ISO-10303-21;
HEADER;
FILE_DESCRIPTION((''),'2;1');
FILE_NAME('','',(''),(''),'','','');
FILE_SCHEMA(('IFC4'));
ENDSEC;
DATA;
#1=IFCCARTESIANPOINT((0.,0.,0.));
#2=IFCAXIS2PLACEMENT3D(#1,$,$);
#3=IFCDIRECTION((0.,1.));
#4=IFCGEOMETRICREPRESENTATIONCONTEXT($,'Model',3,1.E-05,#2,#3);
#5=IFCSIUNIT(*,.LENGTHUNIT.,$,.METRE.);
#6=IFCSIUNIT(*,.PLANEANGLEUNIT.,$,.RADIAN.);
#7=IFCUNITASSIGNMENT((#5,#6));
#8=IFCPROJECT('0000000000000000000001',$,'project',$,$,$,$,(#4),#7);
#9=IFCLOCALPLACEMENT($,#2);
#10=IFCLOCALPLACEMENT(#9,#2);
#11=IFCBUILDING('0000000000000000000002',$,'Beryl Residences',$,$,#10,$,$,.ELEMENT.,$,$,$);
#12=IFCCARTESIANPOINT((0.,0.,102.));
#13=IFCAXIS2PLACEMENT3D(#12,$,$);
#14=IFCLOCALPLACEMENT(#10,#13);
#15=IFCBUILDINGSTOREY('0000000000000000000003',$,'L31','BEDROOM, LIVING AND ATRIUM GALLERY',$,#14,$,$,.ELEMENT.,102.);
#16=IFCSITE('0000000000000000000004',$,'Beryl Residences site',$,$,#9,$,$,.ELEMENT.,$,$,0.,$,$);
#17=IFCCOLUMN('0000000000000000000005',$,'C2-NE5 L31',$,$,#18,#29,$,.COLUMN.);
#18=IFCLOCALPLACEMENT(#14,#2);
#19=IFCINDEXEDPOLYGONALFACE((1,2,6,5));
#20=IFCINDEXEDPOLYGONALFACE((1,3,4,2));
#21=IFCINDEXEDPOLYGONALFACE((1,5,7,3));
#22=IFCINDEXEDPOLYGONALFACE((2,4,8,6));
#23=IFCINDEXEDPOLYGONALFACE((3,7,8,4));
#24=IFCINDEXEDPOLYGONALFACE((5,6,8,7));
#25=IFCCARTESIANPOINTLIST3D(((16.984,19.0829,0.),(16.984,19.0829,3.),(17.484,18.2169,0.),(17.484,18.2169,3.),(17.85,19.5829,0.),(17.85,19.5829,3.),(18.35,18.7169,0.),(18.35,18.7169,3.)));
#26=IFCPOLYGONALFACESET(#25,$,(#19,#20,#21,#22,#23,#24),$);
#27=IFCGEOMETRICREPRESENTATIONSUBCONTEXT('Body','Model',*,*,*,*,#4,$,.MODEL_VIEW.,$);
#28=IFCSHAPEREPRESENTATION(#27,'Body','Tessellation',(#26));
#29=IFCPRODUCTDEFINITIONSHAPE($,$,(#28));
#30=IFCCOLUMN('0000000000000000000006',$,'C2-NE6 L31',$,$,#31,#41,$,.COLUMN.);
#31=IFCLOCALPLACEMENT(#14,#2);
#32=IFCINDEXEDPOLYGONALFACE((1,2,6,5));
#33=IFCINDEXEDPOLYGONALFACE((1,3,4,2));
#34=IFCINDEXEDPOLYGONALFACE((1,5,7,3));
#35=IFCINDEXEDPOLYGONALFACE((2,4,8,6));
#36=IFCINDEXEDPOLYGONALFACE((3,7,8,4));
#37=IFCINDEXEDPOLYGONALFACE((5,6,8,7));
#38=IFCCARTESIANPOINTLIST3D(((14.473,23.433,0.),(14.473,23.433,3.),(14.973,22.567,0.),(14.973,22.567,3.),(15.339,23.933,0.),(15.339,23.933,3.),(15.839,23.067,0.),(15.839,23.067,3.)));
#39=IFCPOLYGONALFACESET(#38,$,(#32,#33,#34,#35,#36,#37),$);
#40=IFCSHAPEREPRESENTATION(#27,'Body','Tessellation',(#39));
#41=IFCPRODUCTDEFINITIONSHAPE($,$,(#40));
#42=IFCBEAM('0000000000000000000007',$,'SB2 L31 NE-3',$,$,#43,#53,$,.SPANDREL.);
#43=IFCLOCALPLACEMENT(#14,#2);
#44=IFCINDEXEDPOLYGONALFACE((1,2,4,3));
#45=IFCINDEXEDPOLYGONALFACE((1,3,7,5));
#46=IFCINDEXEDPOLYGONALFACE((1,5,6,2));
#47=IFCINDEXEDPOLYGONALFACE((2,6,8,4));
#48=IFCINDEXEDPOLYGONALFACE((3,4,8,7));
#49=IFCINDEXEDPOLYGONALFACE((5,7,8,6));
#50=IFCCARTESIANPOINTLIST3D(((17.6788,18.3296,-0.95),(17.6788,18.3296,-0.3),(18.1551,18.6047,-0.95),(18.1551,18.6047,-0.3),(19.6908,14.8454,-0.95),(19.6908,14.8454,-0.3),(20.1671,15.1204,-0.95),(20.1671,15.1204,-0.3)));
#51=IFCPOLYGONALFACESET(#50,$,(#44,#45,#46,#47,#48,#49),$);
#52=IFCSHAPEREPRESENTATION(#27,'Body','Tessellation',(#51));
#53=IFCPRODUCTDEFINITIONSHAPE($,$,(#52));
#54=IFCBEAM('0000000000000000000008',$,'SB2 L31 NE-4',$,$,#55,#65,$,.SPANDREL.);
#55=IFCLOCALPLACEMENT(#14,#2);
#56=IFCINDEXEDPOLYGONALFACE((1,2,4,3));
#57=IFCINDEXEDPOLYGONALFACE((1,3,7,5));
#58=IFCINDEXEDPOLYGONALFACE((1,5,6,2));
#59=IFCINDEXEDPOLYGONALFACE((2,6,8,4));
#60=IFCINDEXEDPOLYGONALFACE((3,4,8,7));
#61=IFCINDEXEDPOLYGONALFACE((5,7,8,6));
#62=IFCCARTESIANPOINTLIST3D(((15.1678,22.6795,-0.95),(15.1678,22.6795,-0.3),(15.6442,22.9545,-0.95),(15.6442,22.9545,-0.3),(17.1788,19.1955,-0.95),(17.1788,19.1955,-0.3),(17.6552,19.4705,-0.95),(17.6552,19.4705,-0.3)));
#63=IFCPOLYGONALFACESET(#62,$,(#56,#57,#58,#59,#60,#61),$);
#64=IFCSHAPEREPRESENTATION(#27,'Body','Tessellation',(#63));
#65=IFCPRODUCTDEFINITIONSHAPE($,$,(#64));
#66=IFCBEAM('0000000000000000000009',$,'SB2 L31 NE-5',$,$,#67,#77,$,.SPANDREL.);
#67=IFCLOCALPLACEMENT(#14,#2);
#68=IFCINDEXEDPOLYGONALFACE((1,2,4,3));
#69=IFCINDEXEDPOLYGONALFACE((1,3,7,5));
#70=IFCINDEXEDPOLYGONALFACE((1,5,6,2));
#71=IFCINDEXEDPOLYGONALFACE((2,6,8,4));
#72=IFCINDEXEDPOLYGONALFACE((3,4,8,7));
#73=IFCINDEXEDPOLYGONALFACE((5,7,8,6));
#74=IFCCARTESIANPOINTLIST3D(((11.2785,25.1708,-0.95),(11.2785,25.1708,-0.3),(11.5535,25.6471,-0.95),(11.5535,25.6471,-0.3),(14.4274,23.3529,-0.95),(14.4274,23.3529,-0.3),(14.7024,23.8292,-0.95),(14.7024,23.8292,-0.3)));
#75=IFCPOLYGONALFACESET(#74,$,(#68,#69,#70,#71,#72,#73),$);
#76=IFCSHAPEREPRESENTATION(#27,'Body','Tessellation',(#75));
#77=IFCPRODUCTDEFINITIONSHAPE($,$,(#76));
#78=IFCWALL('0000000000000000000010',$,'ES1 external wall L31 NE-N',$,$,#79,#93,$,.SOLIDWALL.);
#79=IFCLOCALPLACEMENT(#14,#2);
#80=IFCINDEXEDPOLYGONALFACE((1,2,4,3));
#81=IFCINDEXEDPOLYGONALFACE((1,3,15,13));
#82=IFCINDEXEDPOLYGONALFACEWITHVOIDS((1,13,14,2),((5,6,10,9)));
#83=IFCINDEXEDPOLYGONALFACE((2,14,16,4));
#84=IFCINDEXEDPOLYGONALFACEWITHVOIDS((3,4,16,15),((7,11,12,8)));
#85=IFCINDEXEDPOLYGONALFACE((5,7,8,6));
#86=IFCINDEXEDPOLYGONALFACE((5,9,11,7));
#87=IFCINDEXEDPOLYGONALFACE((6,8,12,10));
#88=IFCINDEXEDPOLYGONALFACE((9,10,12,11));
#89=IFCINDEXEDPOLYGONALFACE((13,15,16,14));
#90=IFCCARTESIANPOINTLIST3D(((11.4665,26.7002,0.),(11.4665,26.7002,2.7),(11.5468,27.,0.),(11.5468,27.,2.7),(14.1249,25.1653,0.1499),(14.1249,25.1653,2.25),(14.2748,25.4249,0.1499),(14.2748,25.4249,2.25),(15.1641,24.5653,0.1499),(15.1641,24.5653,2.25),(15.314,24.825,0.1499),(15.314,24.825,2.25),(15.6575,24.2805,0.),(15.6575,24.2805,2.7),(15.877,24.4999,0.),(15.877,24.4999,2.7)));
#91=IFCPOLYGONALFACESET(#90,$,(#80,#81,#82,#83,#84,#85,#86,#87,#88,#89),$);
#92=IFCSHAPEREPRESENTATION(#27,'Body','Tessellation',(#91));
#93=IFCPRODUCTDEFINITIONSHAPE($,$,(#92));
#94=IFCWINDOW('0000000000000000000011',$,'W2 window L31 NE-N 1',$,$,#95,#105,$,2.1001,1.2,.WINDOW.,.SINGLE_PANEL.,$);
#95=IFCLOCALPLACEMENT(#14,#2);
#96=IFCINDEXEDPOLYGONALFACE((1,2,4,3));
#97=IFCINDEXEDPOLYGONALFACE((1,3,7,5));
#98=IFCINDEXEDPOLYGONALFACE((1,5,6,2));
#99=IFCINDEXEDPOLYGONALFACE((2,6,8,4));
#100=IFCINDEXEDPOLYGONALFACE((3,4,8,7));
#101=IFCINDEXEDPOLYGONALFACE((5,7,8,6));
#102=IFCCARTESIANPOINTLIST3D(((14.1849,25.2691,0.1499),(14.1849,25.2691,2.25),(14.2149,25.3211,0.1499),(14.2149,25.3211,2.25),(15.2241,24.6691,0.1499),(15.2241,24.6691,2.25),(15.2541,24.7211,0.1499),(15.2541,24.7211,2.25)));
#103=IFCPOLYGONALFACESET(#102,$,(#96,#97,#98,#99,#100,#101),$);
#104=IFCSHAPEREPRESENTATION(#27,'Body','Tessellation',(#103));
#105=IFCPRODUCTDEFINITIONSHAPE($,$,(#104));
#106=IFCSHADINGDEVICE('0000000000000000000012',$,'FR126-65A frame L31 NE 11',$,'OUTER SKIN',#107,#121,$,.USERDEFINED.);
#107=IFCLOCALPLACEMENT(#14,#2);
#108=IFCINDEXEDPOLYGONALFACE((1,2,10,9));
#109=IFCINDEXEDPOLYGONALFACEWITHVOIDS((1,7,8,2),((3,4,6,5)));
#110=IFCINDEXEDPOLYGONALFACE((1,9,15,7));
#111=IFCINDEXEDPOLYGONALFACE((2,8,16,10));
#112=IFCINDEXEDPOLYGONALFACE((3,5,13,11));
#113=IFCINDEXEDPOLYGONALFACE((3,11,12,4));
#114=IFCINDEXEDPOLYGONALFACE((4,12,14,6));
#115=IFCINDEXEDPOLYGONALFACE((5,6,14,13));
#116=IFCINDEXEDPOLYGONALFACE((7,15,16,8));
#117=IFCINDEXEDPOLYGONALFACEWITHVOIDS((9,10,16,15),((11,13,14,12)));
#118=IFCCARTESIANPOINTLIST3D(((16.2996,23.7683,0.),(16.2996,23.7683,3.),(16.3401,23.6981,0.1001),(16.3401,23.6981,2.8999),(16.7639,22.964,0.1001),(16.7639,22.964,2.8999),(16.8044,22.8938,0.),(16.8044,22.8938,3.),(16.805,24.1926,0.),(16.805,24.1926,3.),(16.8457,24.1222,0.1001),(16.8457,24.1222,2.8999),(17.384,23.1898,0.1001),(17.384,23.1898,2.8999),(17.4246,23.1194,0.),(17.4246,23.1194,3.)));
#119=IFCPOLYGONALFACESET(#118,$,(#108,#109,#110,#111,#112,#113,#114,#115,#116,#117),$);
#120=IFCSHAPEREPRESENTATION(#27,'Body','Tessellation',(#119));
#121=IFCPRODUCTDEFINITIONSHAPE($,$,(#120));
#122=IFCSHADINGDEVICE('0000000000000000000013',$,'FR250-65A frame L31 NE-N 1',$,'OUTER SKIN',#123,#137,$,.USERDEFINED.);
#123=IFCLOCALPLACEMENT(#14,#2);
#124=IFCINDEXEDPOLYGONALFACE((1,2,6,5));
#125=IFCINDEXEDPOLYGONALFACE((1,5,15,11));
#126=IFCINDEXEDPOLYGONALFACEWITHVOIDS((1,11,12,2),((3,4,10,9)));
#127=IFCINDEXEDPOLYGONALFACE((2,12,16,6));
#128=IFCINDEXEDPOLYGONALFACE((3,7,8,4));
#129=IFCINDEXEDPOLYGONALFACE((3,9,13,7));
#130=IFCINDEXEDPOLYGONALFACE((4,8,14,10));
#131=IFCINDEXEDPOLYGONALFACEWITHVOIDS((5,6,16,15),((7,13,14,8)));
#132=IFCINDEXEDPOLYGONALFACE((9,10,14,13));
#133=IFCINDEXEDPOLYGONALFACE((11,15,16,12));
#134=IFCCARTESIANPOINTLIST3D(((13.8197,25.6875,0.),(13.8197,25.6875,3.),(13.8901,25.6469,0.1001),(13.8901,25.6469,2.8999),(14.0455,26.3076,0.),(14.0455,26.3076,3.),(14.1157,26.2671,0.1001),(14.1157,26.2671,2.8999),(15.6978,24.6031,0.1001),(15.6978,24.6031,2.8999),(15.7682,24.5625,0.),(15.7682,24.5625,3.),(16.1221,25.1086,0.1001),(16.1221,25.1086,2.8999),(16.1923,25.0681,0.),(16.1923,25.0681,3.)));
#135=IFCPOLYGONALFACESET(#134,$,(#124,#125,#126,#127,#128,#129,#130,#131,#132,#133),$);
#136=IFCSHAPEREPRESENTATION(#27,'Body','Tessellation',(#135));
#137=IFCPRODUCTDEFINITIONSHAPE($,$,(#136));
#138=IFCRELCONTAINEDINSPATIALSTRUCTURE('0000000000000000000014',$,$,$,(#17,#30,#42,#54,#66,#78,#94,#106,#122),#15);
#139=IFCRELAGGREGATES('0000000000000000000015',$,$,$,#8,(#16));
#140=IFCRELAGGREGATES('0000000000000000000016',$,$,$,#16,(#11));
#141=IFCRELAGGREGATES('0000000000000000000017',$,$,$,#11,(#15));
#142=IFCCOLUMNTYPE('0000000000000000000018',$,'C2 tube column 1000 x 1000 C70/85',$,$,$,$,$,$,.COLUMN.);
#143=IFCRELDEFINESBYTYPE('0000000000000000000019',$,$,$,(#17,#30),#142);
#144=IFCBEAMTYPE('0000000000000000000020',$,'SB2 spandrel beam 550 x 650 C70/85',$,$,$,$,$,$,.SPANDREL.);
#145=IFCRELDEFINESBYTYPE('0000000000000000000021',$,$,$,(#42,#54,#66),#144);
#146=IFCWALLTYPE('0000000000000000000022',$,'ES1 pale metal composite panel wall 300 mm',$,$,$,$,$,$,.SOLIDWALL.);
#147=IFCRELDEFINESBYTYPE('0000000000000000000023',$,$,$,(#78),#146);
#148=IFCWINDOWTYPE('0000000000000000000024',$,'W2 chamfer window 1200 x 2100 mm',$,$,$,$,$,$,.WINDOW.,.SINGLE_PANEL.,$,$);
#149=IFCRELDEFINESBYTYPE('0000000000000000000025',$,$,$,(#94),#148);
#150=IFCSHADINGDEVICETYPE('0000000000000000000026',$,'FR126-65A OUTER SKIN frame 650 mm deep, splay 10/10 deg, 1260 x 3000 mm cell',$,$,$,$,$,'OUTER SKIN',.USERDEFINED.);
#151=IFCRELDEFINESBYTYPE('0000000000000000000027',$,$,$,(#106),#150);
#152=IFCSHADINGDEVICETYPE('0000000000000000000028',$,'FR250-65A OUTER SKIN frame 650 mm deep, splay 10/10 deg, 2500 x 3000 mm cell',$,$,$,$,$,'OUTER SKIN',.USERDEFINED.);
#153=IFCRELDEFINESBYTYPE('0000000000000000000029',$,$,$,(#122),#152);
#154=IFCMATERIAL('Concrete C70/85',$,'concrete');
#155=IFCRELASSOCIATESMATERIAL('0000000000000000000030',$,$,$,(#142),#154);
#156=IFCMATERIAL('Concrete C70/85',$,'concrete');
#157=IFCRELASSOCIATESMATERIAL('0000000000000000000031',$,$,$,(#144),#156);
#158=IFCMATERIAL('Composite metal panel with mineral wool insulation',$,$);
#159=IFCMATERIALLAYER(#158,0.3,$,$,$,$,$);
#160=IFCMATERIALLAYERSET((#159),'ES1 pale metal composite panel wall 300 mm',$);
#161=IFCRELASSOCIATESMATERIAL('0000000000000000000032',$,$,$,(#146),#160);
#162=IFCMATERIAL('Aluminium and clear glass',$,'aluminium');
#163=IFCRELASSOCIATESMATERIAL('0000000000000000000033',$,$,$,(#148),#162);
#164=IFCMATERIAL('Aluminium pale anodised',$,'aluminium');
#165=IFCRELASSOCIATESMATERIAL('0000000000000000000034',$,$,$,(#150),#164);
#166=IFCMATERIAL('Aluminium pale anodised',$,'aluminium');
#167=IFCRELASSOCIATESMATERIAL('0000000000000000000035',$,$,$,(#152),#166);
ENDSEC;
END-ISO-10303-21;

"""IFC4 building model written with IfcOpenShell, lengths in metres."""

from ifc_helpers import new_model, entity, si_unit, direction, frame, frame_2d, origin, origin_2d, place, context, subcontext, project, spatial, polyline, rectangle, outline, extrude, source, transform, mapped, material, layer, layer_set, material_profile, profile_set, type_object, type_shapes, element, fill, save


model = new_model("IFC4")

# Units and contexts
model_context = context("Model", 3, precision=1e-05, world=origin(), true_north=direction((0.0, 1.0)))
body_context = subcontext(model_context, "Body", "Model", "MODEL_VIEW")
ifc_project = project(units=[si_unit("LENGTHUNIT", "METRE"), si_unit("PLANEANGLEUNIT", "RADIAN")], contexts=[model_context])

# Site, building, storey
site_placement = place(None, origin())
site = spatial("IfcSite", under=ifc_project, at=site_placement, Name="Beryl Residences site", CompositionType="ELEMENT", RefElevation=0.0)
building_placement = place(site_placement, origin())
building = spatial("IfcBuilding", under=site, at=building_placement, Name="Beryl Residences", CompositionType="ELEMENT")
storey_placement = place(building_placement, frame((0.0, 0.0, 102.0)))
storey = spatial("IfcBuildingStorey", under=building, at=storey_placement, Name="L31", Description="BEDROOM, LIVING AND ATRIUM GALLERY", CompositionType="ELEMENT", Elevation=102.0)

# Columns
ifc_material_1 = material(Name="Concrete C70/85", Category="concrete")
ifc_material_profile_1 = material_profile(ifc_material_1, rectangle(XDim=1.0, YDim=1.0, at=origin_2d()))
ifc_profile_set_1 = profile_set([ifc_material_profile_1], Name="Concrete C70/85")
column_type = type_object("IfcColumnType", Name="C2 tube column 1000 x 1000 C70/85", PredefinedType="COLUMN", material=ifc_profile_set_1)
for number, where, z_axis, x_axis, name in (
    (1, (17.667, 18.8999, 0.0), (0.0, 0.0, 1.0), (-0.5, 0.866025, 0.0), "C2-NE5 L31"),
    (2, (15.156, 23.25, 0.0), (0.0, 0.0, 1.0), (-0.5, 0.866025, 0.0), "C2-NE6 L31"),
):
    element("IfcColumn", number, at=place(storey_placement, frame(where, z_axis=z_axis, x_axis=x_axis)), inside=storey, type_object=column_type, Name=name, PredefinedType="COLUMN", context=body_context, shape_type="SweptSolid", body=[
        extrude(rectangle(XDim=1.0, YDim=1.0, at=origin_2d()), origin(), (0.0, 0.0, 1.0), 3.0),
    ])

# Beams
ifc_material_2 = material(Name="Concrete C70/85", Category="concrete")
ifc_material_profile_2 = material_profile(ifc_material_2, rectangle(XDim=0.55, YDim=0.6499, at=origin_2d()))
ifc_profile_set_2 = profile_set([ifc_material_profile_2], Name="Concrete C70/85")
beam_type = type_object("IfcBeamType", Name="SB2 spandrel beam 550 x 650 C70/85", PredefinedType="SPANDREL", material=ifc_profile_set_2)
beam_1_placement = place(storey_placement, frame((19.929, 14.9829, -0.625), z_axis=(-0.500074, 0.865982, 0.0), x_axis=(-0.865982, -0.500074, 0.0)))
element("IfcBeam", 3, at=beam_1_placement, inside=storey, type_object=beam_type, Name="SB2 L31 NE-3", PredefinedType="SPANDREL", context=body_context, shape_type="SweptSolid", body=[
    extrude(rectangle(XDim=0.55, YDim=0.6499, at=origin_2d()), origin(), (0.0, 0.0, 1.0), 4.0234),
])
beam_2_placement = place(storey_placement, frame((17.417, 19.333, -0.625), z_axis=(-0.499919, 0.866072, 0.0), x_axis=(-0.866072, -0.499919, 0.0)))
element("IfcBeam", 4, at=beam_2_placement, inside=storey, type_object=beam_type, Name="SB2 L31 NE-4", PredefinedType="SPANDREL", context=body_context, shape_type="SweptSolid", body=[
    extrude(rectangle(XDim=0.55, YDim=0.6499, at=origin_2d()), origin(), (0.0, 0.0, 1.0), 4.0227),
])
beam_3_placement = place(storey_placement, frame((14.5649, 23.5911, -0.625), z_axis=(-0.866045, 0.499967, 0.0), x_axis=(-0.499967, -0.866045, 0.0)))
element("IfcBeam", 5, at=beam_3_placement, inside=storey, type_object=beam_type, Name="SB2 L31 NE-5", PredefinedType="SPANDREL", context=body_context, shape_type="SweptSolid", body=[
    extrude(rectangle(XDim=0.55, YDim=0.6499, at=origin_2d()), origin(), (0.0, 0.0, 1.0), 3.636),
])

# Wall, opening, window
ifc_material_3 = material(Name="Composite metal panel with mineral wool insulation")
ifc_layer = layer(ifc_material_3, 0.3)
ifc_layer_set = layer_set([ifc_layer], Name="ES1 pale metal composite panel wall 300 mm")
wall_type = type_object("IfcWallType", Name="ES1 pale metal composite panel wall 300 mm", PredefinedType="SOLIDWALL", material=ifc_layer_set)
wall_placement = place(storey_placement, frame((15.802, 24.3701, 0.0), z_axis=(0.0, 0.0, 1.0), x_axis=(-0.866023, 0.500004, 0.0)))
wall = element("IfcWall", 6, at=wall_placement, inside=storey, type_object=wall_type, Name="ES1 external wall L31 NE-N", PredefinedType="SOLIDWALL", context=body_context, shape_type="SweptSolid", body=[
    extrude(outline(polyline([(0.0, -0.1499), (5.0, -0.1499), (4.9197, 0.1499), (0.0803, 0.1499), (0.0, -0.1499)])), origin(), (0.0, 0.0, 1.0), 2.7),
])
opening_placement = place(wall_placement, frame((0.6499, 0.0, 0.1499)))
opening = element("IfcOpeningElement", 7, at=opening_placement, cuts=wall, PredefinedType="OPENING", context=body_context, shape_type="SweptSolid", body=[
    extrude(rectangle(XDim=1.2, YDim=2.1001, at=frame_2d((0.6001, 1.05))), frame((0.0, 0.1599, 0.0), z_axis=(0.0, -1.0, 0.0), x_axis=(1.0, 0.0, 0.0)), (0.0, 0.0, 1.0), 0.3201),
])
ifc_material_4 = material(Name="Aluminium and clear glass", Category="aluminium")
window_type = type_object("IfcWindowType", Name="W2 chamfer window 1200 x 2100 mm", PartitioningType="SINGLE_PANEL", PredefinedType="WINDOW", material=ifc_material_4)
window_placement = place(opening_placement, origin())
window = element("IfcWindow", 8, at=window_placement, inside=storey, type_object=window_type, Name="W2 window L31 NE-N 1", OverallHeight=2.1001, OverallWidth=1.2, PartitioningType="SINGLE_PANEL", PredefinedType="WINDOW", context=body_context, shape_type="SweptSolid", body=[
    extrude(rectangle(XDim=1.2, YDim=2.1001, at=frame_2d((0.6001, 1.05))), frame((0.0, 0.03, 0.0), z_axis=(0.0, -1.0, 0.0), x_axis=(1.0, 0.0, 0.0)), (0.0, 0.0, 1.0), 0.0601),
])
fill(opening, window)

# Shading devices
ifc_material_5 = material(Name="Aluminium pale anodised", Category="aluminium")
shading_device_type_1 = type_object("IfcShadingDeviceType", Name="FR126-65A OUTER SKIN frame 650 mm deep, splay 10/10 deg, 1260 x 3000 mm cell", ElementType="OUTER SKIN", PredefinedType="USERDEFINED", material=ifc_material_5)
cartesian_point_1 = entity("IfcCartesianPoint", [-0.5049, 0.0])
cartesian_point_2 = entity("IfcCartesianPoint", [-0.4238, 0.1001])
cartesian_point_3 = entity("IfcCartesianPoint", [-0.6196, 0.0])
cartesian_point_4 = entity("IfcCartesianPoint", [-0.5383, 0.1001])
shared_shape_1 = source(origin(), body_context, "Body", "SweptSolid", [
    entity("IfcExtrudedAreaSolidTapered", entity("IfcArbitraryProfileDefWithVoids", "AREA", None, entity("IfcPolyline", [cartesian_point_1, entity("IfcCartesianPoint", [0.5049, 0.0]), entity("IfcCartesianPoint", [0.5049, 3.0]), entity("IfcCartesianPoint", [-0.5049, 3.0]), cartesian_point_1]), [entity("IfcPolyline", [cartesian_point_2, entity("IfcCartesianPoint", [0.4238, 0.1001]), entity("IfcCartesianPoint", [0.4238, 2.8999]), entity("IfcCartesianPoint", [-0.4238, 2.8999]), cartesian_point_2])]), entity("IfcAxis2Placement3D", entity("IfcCartesianPoint", [0.0, 0.0, 0.0]), entity("IfcDirection", [0.0, 1.0, 0.0]), entity("IfcDirection", [-1.0, 0.0, 0.0])), entity("IfcDirection", [0.0, 0.0, 1.0]), 0.6499, entity("IfcArbitraryProfileDefWithVoids", "AREA", None, entity("IfcPolyline", [cartesian_point_3, entity("IfcCartesianPoint", [0.6196, 0.0]), entity("IfcCartesianPoint", [0.6196, 3.0]), entity("IfcCartesianPoint", [-0.6196, 3.0]), cartesian_point_3]), [entity("IfcPolyline", [cartesian_point_4, entity("IfcCartesianPoint", [0.5383, 0.1001]), entity("IfcCartesianPoint", [0.5383, 2.8999]), entity("IfcCartesianPoint", [-0.5383, 2.8999]), cartesian_point_4])])),
])
type_shapes(shading_device_type_1, [shared_shape_1])
shading_device_1_placement = place(storey_placement, frame((16.552, 23.3311, 0.0), z_axis=(0.0, 0.0, 1.0), x_axis=(0.5, -0.866025, 0.0)))
element("IfcShadingDevice", 9, at=shading_device_1_placement, inside=storey, type_object=shading_device_type_1, Name="FR126-65A frame L31 NE 11", ObjectType="OUTER SKIN", PredefinedType="USERDEFINED", context=body_context, shape_type="MappedRepresentation", body=[
    mapped(shared_shape_1, transform((0.0, 0.0, 0.0))),
])
ifc_material_6 = material(Name="Aluminium pale anodised", Category="aluminium")
shading_device_type_2 = type_object("IfcShadingDeviceType", Name="FR250-65A OUTER SKIN frame 650 mm deep, splay 10/10 deg, 2500 x 3000 mm cell", ElementType="OUTER SKIN", PredefinedType="USERDEFINED", material=ifc_material_6)
cartesian_point_5 = entity("IfcCartesianPoint", [-1.125, 0.0])
cartesian_point_6 = entity("IfcCartesianPoint", [-1.0437, 0.1001])
cartesian_point_7 = entity("IfcCartesianPoint", [-1.2395, 0.0])
cartesian_point_8 = entity("IfcCartesianPoint", [-1.1584, 0.1001])
shared_shape_2 = source(origin(), body_context, "Body", "SweptSolid", [
    entity("IfcExtrudedAreaSolidTapered", entity("IfcArbitraryProfileDefWithVoids", "AREA", None, entity("IfcPolyline", [cartesian_point_5, entity("IfcCartesianPoint", [1.125, 0.0]), entity("IfcCartesianPoint", [1.125, 3.0]), entity("IfcCartesianPoint", [-1.125, 3.0]), cartesian_point_5]), [entity("IfcPolyline", [cartesian_point_6, entity("IfcCartesianPoint", [1.0437, 0.1001]), entity("IfcCartesianPoint", [1.0437, 2.8999]), entity("IfcCartesianPoint", [-1.0437, 2.8999]), cartesian_point_6])]), entity("IfcAxis2Placement3D", entity("IfcCartesianPoint", [0.0, 0.0, 0.0]), entity("IfcDirection", [0.0, 1.0, 0.0]), entity("IfcDirection", [-1.0, 0.0, 0.0])), entity("IfcDirection", [0.0, 0.0, 1.0]), 0.6499, entity("IfcArbitraryProfileDefWithVoids", "AREA", None, entity("IfcPolyline", [cartesian_point_7, entity("IfcCartesianPoint", [1.2395, 0.0]), entity("IfcCartesianPoint", [1.2395, 3.0]), entity("IfcCartesianPoint", [-1.2395, 3.0]), cartesian_point_7]), [entity("IfcPolyline", [cartesian_point_8, entity("IfcCartesianPoint", [1.1584, 0.1001]), entity("IfcCartesianPoint", [1.1584, 2.8999]), entity("IfcCartesianPoint", [-1.1584, 2.8999]), cartesian_point_8])])),
])
type_shapes(shading_device_type_2, [shared_shape_2])
shading_device_2_placement = place(storey_placement, frame((14.7939, 25.125, 0.0), z_axis=(0.0, 0.0, 1.0), x_axis=(0.866025, -0.5, 0.0)))
element("IfcShadingDevice", 10, at=shading_device_2_placement, inside=storey, type_object=shading_device_type_2, Name="FR250-65A frame L31 NE-N 1", ObjectType="OUTER SKIN", PredefinedType="USERDEFINED", context=body_context, shape_type="MappedRepresentation", body=[
    mapped(shared_shape_2, transform((0.0, 0.0, 0.0))),
])

save(model, "model.ifc")
